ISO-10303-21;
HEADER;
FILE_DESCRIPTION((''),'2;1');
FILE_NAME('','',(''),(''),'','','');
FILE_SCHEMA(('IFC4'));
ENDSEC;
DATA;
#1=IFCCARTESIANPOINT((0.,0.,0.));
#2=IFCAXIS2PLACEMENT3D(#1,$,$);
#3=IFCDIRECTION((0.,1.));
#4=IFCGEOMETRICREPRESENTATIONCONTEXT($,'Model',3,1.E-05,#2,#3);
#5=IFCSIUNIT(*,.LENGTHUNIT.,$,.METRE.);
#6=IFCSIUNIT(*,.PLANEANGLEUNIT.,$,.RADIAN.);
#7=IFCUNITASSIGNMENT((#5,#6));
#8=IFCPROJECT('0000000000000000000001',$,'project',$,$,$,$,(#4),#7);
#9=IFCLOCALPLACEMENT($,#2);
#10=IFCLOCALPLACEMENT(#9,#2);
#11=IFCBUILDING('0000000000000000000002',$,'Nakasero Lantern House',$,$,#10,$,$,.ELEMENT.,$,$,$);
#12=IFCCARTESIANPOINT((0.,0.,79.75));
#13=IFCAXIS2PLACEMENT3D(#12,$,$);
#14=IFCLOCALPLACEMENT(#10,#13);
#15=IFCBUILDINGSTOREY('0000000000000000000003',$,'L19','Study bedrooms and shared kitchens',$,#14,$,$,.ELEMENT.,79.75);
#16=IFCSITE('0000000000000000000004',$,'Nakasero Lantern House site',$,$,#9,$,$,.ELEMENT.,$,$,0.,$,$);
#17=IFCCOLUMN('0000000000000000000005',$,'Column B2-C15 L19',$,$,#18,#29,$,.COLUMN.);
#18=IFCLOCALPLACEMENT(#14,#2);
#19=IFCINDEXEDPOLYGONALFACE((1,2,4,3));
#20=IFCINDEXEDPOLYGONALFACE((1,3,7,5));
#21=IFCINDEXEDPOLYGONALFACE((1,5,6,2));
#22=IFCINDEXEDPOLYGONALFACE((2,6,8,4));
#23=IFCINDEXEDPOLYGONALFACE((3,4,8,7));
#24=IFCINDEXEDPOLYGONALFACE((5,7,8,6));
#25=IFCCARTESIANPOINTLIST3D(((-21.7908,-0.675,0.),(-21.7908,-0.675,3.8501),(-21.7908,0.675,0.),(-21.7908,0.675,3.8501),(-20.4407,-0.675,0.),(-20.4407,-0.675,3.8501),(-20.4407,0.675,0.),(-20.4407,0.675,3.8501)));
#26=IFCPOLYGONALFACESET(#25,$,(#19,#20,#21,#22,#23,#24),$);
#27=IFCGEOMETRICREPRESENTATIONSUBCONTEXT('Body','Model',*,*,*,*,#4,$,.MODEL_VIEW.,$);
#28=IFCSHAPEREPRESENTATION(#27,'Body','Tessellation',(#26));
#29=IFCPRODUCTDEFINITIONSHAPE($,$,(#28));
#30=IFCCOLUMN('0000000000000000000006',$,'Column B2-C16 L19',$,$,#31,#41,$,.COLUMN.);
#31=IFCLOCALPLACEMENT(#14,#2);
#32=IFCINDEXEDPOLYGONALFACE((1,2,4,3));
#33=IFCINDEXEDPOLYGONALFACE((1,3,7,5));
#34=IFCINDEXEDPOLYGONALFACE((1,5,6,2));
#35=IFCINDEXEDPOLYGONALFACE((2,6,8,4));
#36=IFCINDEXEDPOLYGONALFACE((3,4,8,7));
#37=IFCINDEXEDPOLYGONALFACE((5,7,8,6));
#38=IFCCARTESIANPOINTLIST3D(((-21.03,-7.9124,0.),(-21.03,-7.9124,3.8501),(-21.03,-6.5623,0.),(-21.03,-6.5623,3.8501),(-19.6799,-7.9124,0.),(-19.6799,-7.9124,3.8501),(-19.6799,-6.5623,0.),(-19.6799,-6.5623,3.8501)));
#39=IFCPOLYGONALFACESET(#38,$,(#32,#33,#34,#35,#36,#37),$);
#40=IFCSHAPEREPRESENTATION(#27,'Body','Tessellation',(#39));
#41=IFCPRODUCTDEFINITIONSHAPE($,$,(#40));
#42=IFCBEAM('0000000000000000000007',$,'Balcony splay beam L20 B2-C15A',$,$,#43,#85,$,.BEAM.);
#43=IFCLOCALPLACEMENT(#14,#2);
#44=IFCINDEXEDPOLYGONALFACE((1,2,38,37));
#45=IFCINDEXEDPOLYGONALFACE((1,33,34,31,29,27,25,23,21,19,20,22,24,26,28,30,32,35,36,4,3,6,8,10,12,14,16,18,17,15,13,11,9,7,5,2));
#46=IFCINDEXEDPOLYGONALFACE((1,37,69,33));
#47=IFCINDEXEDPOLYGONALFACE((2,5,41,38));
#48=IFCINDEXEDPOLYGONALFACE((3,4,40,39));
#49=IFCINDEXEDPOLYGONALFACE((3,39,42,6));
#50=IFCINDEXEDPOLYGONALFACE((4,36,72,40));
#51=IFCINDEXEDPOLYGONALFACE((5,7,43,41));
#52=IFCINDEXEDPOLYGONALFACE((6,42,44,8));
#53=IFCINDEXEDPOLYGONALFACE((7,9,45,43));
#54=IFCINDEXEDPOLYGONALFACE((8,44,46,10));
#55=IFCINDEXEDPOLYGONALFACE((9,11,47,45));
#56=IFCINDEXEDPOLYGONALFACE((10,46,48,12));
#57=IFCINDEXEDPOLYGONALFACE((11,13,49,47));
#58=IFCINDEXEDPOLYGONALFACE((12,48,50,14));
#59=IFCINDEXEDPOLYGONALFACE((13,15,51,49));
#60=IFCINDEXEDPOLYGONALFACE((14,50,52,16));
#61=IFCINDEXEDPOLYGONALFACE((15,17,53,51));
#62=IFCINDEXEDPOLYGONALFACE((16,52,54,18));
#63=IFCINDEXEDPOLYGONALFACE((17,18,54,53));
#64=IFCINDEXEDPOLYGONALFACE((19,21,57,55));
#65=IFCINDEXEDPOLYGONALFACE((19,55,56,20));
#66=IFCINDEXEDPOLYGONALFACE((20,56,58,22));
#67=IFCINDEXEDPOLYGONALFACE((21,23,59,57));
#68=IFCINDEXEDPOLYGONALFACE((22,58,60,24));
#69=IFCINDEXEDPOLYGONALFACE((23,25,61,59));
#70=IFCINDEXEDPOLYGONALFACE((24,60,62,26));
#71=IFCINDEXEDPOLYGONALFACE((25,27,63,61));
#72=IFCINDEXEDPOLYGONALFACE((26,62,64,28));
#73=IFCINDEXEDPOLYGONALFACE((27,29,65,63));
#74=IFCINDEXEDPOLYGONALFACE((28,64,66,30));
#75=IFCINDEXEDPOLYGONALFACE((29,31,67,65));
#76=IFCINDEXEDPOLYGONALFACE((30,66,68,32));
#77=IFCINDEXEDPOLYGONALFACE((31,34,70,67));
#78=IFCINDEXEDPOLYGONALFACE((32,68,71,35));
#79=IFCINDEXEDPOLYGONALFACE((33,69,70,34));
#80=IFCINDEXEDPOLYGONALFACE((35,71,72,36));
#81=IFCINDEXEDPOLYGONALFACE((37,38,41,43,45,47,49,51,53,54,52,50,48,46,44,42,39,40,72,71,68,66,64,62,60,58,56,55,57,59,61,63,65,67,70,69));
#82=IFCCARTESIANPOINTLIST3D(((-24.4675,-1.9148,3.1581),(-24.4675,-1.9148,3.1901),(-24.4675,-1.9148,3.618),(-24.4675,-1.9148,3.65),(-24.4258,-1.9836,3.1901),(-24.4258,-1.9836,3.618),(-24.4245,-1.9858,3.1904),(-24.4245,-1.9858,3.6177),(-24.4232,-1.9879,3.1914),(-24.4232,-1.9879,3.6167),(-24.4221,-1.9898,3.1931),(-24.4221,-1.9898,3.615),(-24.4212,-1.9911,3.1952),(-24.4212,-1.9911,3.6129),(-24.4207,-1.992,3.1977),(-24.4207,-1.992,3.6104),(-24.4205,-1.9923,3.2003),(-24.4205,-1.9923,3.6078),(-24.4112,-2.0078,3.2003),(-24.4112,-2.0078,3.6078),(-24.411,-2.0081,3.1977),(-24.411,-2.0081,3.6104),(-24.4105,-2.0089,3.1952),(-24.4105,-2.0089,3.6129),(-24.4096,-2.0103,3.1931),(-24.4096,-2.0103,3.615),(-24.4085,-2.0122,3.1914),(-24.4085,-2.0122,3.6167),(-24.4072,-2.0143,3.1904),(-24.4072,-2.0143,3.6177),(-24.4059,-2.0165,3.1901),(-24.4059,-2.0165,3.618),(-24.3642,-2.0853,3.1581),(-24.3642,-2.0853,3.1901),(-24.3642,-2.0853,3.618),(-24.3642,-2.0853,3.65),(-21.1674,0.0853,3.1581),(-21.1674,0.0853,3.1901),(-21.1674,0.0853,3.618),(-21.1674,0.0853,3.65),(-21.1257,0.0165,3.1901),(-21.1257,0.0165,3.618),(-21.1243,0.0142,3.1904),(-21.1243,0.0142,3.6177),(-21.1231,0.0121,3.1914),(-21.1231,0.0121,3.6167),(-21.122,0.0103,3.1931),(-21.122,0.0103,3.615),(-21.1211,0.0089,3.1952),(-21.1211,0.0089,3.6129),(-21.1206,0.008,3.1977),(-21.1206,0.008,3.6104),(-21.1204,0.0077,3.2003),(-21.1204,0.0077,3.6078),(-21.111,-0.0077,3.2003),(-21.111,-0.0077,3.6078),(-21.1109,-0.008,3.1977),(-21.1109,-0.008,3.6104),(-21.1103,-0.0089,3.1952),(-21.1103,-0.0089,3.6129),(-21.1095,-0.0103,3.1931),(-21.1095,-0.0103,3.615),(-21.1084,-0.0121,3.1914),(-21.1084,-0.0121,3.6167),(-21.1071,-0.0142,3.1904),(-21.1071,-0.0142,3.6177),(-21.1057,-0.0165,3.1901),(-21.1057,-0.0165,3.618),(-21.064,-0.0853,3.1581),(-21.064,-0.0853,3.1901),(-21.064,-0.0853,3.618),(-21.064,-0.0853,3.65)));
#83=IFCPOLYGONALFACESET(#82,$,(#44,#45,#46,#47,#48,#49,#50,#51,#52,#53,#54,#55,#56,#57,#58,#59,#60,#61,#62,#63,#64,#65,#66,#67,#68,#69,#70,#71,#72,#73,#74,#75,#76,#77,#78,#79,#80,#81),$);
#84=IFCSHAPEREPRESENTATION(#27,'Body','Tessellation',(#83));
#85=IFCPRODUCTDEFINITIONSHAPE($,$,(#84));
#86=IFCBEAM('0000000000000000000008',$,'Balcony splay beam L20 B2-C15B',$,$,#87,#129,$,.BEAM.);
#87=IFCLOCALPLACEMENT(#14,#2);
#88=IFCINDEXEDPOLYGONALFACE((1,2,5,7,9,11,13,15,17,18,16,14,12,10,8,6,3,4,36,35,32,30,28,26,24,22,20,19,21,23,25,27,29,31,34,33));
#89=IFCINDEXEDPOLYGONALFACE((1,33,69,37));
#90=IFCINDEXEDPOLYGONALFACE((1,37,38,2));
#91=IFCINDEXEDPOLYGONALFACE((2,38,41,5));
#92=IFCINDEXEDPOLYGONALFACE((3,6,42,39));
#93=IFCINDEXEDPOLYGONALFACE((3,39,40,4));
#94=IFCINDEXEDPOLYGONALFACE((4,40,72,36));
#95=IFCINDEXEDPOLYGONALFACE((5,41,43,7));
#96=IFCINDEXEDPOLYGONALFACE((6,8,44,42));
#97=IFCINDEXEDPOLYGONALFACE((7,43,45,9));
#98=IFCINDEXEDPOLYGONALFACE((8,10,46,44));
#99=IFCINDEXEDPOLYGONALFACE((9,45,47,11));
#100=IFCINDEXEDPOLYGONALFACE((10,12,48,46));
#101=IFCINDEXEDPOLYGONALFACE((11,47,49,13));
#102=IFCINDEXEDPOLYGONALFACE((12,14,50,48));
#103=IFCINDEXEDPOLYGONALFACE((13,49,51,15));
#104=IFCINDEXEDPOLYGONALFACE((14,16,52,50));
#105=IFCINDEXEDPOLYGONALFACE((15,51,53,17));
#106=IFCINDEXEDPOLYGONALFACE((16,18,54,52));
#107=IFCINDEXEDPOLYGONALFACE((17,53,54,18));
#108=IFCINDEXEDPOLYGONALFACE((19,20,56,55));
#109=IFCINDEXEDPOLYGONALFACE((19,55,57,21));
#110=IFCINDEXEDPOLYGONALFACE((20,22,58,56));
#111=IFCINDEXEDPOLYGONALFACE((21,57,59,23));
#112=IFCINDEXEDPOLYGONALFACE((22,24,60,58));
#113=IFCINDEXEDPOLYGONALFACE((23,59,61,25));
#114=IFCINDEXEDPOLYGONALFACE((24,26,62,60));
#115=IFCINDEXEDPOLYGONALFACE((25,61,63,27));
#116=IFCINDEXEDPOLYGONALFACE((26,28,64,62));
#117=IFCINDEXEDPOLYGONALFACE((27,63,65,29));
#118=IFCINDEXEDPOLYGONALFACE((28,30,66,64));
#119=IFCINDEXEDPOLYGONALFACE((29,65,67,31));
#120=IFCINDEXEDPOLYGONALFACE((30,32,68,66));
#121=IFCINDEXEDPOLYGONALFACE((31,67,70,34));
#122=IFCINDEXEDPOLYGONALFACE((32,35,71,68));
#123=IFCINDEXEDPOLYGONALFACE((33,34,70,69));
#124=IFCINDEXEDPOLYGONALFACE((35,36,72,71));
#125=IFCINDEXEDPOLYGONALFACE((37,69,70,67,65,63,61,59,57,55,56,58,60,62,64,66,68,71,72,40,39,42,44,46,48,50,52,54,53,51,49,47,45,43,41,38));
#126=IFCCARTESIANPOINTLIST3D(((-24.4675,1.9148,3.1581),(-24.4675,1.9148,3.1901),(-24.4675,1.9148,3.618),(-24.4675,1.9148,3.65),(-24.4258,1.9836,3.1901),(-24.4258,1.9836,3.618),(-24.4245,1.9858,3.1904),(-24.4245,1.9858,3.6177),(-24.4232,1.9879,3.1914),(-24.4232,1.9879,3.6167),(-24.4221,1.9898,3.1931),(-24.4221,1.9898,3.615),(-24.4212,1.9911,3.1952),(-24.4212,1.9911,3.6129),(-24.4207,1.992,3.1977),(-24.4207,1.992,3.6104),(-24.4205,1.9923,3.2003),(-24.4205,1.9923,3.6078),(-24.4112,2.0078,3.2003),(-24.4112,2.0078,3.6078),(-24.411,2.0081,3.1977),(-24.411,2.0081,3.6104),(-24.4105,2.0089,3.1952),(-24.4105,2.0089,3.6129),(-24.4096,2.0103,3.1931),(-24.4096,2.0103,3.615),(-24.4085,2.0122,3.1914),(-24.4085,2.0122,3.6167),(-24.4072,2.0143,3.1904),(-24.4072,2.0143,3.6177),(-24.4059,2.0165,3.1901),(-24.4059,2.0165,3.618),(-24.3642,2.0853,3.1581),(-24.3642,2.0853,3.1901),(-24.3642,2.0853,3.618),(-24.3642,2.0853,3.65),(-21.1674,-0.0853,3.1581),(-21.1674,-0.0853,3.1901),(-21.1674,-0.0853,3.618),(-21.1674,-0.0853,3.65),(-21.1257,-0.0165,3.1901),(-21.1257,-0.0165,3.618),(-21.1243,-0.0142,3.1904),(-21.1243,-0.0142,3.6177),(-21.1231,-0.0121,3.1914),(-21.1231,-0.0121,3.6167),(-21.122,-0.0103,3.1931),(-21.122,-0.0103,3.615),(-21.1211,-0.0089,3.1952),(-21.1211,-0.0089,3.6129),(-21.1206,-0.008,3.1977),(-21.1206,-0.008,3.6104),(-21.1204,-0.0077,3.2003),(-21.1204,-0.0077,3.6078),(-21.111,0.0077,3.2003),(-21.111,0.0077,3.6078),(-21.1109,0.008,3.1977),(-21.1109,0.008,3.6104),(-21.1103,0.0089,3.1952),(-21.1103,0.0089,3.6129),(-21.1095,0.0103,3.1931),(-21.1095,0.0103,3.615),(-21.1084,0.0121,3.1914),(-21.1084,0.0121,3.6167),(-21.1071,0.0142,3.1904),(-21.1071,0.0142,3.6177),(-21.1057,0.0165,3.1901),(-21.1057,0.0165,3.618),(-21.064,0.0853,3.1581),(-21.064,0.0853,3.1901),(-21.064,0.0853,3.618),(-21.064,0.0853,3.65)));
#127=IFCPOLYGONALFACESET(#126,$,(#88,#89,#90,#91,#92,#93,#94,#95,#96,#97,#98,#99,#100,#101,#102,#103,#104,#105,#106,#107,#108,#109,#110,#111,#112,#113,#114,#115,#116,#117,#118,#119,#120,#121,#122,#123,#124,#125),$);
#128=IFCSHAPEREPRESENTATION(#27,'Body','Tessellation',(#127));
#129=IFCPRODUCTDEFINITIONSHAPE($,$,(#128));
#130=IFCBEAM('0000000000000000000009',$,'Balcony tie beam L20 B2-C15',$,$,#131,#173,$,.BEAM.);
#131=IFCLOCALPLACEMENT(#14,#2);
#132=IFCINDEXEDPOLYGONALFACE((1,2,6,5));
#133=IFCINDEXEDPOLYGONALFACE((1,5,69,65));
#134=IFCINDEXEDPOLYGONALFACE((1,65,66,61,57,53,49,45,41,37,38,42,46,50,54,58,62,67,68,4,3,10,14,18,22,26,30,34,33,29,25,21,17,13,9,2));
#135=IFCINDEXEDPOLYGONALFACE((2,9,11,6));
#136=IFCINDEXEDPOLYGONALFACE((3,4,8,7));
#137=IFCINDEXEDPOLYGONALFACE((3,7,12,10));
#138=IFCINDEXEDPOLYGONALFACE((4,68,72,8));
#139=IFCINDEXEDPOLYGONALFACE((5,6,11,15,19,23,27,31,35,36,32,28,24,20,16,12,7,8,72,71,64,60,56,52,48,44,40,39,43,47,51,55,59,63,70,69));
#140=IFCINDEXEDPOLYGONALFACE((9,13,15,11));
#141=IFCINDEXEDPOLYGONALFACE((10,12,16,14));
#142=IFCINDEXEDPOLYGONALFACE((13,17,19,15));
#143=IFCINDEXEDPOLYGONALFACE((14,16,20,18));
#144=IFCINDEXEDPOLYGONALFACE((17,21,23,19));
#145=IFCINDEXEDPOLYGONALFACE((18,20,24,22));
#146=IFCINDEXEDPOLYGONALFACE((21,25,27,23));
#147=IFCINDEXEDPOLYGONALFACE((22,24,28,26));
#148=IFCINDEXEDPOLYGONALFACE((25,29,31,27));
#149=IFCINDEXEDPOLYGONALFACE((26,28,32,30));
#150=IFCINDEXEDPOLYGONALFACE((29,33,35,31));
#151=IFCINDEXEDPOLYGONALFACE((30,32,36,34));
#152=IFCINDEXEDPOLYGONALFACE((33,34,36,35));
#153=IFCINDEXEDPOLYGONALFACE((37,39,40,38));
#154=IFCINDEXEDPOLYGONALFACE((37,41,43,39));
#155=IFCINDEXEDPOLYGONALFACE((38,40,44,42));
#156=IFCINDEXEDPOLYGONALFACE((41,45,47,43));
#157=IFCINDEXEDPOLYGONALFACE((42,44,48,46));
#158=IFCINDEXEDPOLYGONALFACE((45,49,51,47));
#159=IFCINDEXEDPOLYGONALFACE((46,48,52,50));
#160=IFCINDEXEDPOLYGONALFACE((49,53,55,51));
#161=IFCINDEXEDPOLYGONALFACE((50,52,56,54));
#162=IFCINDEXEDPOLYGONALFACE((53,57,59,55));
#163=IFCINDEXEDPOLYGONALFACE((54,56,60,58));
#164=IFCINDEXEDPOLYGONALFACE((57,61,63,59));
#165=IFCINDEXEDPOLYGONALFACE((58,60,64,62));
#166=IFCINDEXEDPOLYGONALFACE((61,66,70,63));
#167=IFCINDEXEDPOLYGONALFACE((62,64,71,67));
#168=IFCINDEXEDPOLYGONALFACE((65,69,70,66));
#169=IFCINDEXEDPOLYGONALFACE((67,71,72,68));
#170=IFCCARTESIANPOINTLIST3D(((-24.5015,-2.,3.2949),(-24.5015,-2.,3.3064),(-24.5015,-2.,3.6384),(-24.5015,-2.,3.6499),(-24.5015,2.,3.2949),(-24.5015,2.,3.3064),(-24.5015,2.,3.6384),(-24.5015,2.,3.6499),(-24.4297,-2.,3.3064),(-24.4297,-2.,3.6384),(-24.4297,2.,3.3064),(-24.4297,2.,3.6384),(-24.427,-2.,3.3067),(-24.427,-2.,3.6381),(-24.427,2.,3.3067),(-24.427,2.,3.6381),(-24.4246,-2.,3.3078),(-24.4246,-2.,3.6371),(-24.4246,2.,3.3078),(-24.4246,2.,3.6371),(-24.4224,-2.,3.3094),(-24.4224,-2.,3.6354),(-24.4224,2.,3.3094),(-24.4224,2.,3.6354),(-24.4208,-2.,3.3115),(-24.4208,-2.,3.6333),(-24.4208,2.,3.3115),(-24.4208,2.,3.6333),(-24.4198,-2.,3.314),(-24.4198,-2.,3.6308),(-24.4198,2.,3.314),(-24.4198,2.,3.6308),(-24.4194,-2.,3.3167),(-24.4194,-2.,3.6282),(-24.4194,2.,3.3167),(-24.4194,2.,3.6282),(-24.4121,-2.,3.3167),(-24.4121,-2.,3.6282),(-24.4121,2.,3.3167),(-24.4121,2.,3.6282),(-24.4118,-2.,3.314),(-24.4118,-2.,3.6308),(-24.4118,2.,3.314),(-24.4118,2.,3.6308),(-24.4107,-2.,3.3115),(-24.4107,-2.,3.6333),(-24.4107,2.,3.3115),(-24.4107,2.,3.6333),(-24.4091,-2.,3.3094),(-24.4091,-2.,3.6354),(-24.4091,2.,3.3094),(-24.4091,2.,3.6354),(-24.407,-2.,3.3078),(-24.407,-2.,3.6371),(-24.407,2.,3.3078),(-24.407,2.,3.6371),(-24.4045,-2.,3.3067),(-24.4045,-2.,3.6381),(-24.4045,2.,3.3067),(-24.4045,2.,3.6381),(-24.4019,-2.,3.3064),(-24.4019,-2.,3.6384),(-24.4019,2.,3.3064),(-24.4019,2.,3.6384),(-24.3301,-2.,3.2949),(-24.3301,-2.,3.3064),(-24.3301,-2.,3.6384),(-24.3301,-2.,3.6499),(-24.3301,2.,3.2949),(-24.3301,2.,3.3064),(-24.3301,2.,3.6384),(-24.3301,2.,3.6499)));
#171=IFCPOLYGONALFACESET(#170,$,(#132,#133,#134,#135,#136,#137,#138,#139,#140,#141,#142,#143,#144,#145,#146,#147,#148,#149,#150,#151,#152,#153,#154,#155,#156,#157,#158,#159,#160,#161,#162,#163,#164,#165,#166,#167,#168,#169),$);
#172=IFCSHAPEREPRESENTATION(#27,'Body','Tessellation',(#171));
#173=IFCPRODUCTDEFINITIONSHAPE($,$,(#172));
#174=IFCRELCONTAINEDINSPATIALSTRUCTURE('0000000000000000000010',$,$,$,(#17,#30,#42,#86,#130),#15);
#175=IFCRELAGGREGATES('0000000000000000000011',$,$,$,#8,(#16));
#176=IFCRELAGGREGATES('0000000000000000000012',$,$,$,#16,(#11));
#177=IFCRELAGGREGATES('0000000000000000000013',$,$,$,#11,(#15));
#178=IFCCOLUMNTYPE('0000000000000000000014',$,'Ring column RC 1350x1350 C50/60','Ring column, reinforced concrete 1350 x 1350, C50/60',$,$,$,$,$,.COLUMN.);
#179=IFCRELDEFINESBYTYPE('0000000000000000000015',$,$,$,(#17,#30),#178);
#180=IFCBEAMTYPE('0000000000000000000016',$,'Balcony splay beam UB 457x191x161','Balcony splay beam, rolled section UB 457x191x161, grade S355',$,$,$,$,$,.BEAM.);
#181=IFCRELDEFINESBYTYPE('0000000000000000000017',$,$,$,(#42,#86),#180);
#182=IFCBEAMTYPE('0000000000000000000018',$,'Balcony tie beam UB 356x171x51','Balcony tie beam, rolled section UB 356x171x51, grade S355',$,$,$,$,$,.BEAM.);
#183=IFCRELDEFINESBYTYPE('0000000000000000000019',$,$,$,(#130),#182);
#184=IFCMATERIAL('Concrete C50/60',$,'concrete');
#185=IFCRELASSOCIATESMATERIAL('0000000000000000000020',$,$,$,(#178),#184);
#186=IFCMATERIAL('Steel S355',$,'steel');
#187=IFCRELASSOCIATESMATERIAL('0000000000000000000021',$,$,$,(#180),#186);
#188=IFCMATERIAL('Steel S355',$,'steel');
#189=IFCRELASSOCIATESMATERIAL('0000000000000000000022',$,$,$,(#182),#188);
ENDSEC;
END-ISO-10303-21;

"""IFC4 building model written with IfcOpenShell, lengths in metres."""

from ifc_helpers import new_model, si_unit, direction, frame, origin, origin_2d, place, context, subcontext, project, spatial, rectangle, i_section, extrude, material, material_profile, profile_set, type_object, element, save


model = new_model("IFC4")

# Units and contexts
model_context = context("Model", 3, precision=1e-05, world=origin(), true_north=direction((0.0, 1.0)))
body_context = subcontext(model_context, "Body", "Model", "MODEL_VIEW")
ifc_project = project(units=[si_unit("LENGTHUNIT", "METRE"), si_unit("PLANEANGLEUNIT", "RADIAN")], contexts=[model_context])

# Site, building, storey
site_placement = place(None, origin())
site = spatial("IfcSite", under=ifc_project, at=site_placement, Name="Nakasero Lantern House site", CompositionType="ELEMENT", RefElevation=0.0)
building_placement = place(site_placement, origin())
building = spatial("IfcBuilding", under=site, at=building_placement, Name="Nakasero Lantern House", CompositionType="ELEMENT")
storey_placement = place(building_placement, frame((0.0, 0.0, 79.75)))
storey = spatial("IfcBuildingStorey", under=building, at=storey_placement, Name="L19", Description="Study bedrooms and shared kitchens", CompositionType="ELEMENT", Elevation=79.75)

# Columns
ifc_material_1 = material(Name="Concrete C50/60", Category="concrete")
ifc_material_profile_1 = material_profile(ifc_material_1, rectangle(XDim=1.3501, YDim=1.3501, at=origin_2d()), Name="RC 1350x1350")
ifc_profile_set_1 = profile_set([ifc_material_profile_1], Name="Concrete C50/60")
column_type = type_object("IfcColumnType", Name="Ring column RC 1350x1350 C50/60", Description="Ring column, reinforced concrete 1350 x 1350, C50/60", PredefinedType="COLUMN", material=ifc_profile_set_1)
for number, where, z_axis, x_axis, name in (
    (1, (-21.1157, 0.0, 0.0), (0.0, 0.0, 1.0), (1.0, 0.0, 0.0), "Column B2-C15 L19"),
    (2, (-20.355, -7.2373, 0.0), (0.0, 0.0, 1.0), (1.0, 0.0, 0.0), "Column B2-C16 L19"),
):
    element("IfcColumn", number, at=place(storey_placement, frame(where, z_axis=z_axis, x_axis=x_axis)), inside=storey, type_object=column_type, Name=name, PredefinedType="COLUMN", context=body_context, shape_type="SweptSolid", body=[
        extrude(rectangle(XDim=1.3501, YDim=1.3501, at=origin_2d()), origin(), (0.0, 0.0, 1.0), 3.8501),
    ])

# Beams
ifc_material_2 = material(Name="Steel S355", Category="steel")
ifc_material_profile_2 = material_profile(ifc_material_2, i_section(OverallWidth=0.1995, OverallDepth=0.4919, WebThickness=0.0181, FlangeThickness=0.032, FilletRadius=0.0103, at=origin_2d()), Name="UB 457x191x161")
ifc_profile_set_2 = profile_set([ifc_material_profile_2], Name="Steel S355")
beam_type_1 = type_object("IfcBeamType", Name="Balcony splay beam UB 457x191x161", Description="Balcony splay beam, rolled section UB 457x191x161, grade S355", PredefinedType="BEAM", material=ifc_profile_set_2)
for number, where, z_axis, x_axis, name in (
    (3, (-21.1157, 0.0, 3.4041), (-0.855201, -0.518296, 0.0), (0.518296, -0.855201, 0.0), "Balcony splay beam L20 B2-C15A"),
    (4, (-21.1157, 0.0, 3.4041), (-0.855201, 0.518296, 0.0), (-0.518296, -0.855201, 0.0), "Balcony splay beam L20 B2-C15B"),
):
    element("IfcBeam", number, at=place(storey_placement, frame(where, z_axis=z_axis, x_axis=x_axis)), inside=storey, type_object=beam_type_1, Name=name, PredefinedType="BEAM", context=body_context, shape_type="SweptSolid", body=[
        extrude(i_section(OverallWidth=0.1995, OverallDepth=0.4919, WebThickness=0.0181, FlangeThickness=0.032, FilletRadius=0.0103, at=origin_2d()), origin(), (0.0, 0.0, 1.0), 3.8589),
    ])
ifc_material_3 = material(Name="Steel S355", Category="steel")
ifc_material_profile_3 = material_profile(ifc_material_3, i_section(OverallWidth=0.1714, OverallDepth=0.355, WebThickness=0.0073, FlangeThickness=0.0115, FilletRadius=0.0103, at=origin_2d()), Name="UB 356x171x51")
ifc_profile_set_3 = profile_set([ifc_material_profile_3], Name="Steel S355")
beam_type_2 = type_object("IfcBeamType", Name="Balcony tie beam UB 356x171x51", Description="Balcony tie beam, rolled section UB 356x171x51, grade S355", PredefinedType="BEAM", material=ifc_profile_set_3)
beam_1_placement = place(storey_placement, frame((-24.4158, -2.0, 3.4724), z_axis=(0.0, 1.0, 0.0), x_axis=(-1.0, 0.0, 0.0)))
element("IfcBeam", 5, at=beam_1_placement, inside=storey, type_object=beam_type_2, Name="Balcony tie beam L20 B2-C15", PredefinedType="BEAM", context=body_context, shape_type="SweptSolid", body=[
    extrude(i_section(OverallWidth=0.1714, OverallDepth=0.355, WebThickness=0.0073, FlangeThickness=0.0115, FilletRadius=0.0103, at=origin_2d()), origin(), (0.0, 0.0, 1.0), 4.0),
])

save(model, "model.ifc")
